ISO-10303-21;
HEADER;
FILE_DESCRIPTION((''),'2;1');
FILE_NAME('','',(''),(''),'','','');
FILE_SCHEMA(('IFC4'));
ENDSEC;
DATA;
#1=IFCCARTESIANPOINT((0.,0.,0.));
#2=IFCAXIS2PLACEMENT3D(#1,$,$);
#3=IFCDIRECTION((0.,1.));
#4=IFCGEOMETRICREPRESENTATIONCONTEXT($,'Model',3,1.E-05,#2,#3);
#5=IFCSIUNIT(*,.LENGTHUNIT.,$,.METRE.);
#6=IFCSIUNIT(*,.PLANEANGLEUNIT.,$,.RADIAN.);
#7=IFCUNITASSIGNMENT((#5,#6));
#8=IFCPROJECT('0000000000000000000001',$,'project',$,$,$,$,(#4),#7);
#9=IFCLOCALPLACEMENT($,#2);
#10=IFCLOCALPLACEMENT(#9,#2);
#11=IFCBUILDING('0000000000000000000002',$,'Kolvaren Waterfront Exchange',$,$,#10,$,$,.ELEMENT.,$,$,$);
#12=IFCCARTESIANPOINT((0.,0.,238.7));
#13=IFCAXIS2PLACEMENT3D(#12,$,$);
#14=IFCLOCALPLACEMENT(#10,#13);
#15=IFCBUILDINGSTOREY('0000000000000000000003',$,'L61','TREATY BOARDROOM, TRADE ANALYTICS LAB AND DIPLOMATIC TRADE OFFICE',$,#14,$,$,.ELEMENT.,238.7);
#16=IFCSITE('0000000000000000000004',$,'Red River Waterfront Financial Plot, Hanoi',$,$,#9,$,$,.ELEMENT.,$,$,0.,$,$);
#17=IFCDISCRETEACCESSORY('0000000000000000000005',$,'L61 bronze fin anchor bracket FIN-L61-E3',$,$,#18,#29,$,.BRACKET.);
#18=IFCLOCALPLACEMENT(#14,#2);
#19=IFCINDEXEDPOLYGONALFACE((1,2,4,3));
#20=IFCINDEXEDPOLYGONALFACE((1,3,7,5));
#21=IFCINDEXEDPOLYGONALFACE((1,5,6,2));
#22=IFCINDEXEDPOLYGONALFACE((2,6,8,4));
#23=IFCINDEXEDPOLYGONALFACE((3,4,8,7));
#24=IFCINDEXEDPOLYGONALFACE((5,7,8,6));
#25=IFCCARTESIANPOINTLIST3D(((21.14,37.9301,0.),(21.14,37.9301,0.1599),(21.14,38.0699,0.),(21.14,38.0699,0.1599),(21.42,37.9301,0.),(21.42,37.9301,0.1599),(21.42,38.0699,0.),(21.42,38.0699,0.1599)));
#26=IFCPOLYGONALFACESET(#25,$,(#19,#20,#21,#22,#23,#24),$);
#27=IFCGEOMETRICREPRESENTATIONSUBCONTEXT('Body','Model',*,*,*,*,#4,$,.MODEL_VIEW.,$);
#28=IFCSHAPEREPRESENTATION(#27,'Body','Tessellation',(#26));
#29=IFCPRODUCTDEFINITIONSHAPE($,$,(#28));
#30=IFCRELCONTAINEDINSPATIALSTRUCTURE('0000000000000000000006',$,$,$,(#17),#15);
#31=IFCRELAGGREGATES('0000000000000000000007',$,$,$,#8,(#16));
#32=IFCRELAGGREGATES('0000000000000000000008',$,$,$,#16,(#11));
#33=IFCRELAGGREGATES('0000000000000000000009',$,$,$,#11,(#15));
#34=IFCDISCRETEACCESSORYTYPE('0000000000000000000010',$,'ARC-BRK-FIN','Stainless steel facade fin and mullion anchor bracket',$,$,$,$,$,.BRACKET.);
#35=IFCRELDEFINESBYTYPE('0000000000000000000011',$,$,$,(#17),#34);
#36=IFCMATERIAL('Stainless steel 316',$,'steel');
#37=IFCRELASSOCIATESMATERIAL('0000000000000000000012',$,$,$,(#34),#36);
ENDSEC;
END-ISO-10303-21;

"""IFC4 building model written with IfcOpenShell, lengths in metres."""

from ifc_helpers import new_model, si_unit, direction, frame, origin, origin_with_axes, origin_2d, place, context, subcontext, project, spatial, rectangle, extrude, source, transform, mapped, material, type_object, element, save


model = new_model("IFC4")

# Units and contexts
model_context = context("Model", 3, precision=1e-05, world=origin(), true_north=direction((0.0, 1.0)))
body_context = subcontext(model_context, "Body", "Model", "MODEL_VIEW")
ifc_project = project(units=[si_unit("LENGTHUNIT", "METRE"), si_unit("PLANEANGLEUNIT", "RADIAN")], contexts=[model_context])

# Site, building, storey
site_placement = place(None, origin())
site = spatial("IfcSite", under=ifc_project, at=site_placement, Name="Red River Waterfront Financial Plot, Hanoi", CompositionType="ELEMENT", RefElevation=0.0)
building_placement = place(site_placement, origin())
building = spatial("IfcBuilding", under=site, at=building_placement, Name="Kolvaren Waterfront Exchange", CompositionType="ELEMENT")
storey_placement = place(building_placement, frame((0.0, 0.0, 238.7)))
storey = spatial("IfcBuildingStorey", under=building, at=storey_placement, Name="L61", Description="TREATY BOARDROOM, TRADE ANALYTICS LAB AND DIPLOMATIC TRADE OFFICE", CompositionType="ELEMENT", Elevation=238.7)

# Shared definitions
ifc_material_1 = material(Name="Stainless steel 316", Category="steel")

# Discrete accessory
discrete_accessory_type = type_object("IfcDiscreteAccessoryType", Name="ARC-BRK-FIN", Description="Stainless steel facade fin and mullion anchor bracket", PredefinedType="BRACKET", material=ifc_material_1)
shared_shape_1 = source(origin_with_axes(), body_context, "Body", "SweptSolid", [
    extrude(rectangle(XDim=0.28, YDim=0.1399, at=origin_2d()), origin(), (0.0, 0.0, 1.0), 0.1599),
])
for number, where, z_axis, x_axis, name in (
    (1, (21.28, 38.0, 0.0), (0.0, 0.0, 1.0), (1.0, 0.0, 0.0), "L61 bronze fin anchor bracket FIN-L61-E3"),
):
    element("IfcDiscreteAccessory", number, at=place(storey_placement, frame(where, z_axis=z_axis, x_axis=x_axis)), inside=storey, type_object=discrete_accessory_type, Name=name, PredefinedType="BRACKET", context=body_context, shape_type="MappedRepresentation", body=[
        mapped(shared_shape_1, transform((0.0, 0.0, 0.0), x_axis=(1.0, 0.0, 0.0), y_axis=(0.0, 1.0, 0.0), z_axis=(0.0, 0.0, 1.0), scale=1.0)),
    ])

save(model, "model.ifc")
